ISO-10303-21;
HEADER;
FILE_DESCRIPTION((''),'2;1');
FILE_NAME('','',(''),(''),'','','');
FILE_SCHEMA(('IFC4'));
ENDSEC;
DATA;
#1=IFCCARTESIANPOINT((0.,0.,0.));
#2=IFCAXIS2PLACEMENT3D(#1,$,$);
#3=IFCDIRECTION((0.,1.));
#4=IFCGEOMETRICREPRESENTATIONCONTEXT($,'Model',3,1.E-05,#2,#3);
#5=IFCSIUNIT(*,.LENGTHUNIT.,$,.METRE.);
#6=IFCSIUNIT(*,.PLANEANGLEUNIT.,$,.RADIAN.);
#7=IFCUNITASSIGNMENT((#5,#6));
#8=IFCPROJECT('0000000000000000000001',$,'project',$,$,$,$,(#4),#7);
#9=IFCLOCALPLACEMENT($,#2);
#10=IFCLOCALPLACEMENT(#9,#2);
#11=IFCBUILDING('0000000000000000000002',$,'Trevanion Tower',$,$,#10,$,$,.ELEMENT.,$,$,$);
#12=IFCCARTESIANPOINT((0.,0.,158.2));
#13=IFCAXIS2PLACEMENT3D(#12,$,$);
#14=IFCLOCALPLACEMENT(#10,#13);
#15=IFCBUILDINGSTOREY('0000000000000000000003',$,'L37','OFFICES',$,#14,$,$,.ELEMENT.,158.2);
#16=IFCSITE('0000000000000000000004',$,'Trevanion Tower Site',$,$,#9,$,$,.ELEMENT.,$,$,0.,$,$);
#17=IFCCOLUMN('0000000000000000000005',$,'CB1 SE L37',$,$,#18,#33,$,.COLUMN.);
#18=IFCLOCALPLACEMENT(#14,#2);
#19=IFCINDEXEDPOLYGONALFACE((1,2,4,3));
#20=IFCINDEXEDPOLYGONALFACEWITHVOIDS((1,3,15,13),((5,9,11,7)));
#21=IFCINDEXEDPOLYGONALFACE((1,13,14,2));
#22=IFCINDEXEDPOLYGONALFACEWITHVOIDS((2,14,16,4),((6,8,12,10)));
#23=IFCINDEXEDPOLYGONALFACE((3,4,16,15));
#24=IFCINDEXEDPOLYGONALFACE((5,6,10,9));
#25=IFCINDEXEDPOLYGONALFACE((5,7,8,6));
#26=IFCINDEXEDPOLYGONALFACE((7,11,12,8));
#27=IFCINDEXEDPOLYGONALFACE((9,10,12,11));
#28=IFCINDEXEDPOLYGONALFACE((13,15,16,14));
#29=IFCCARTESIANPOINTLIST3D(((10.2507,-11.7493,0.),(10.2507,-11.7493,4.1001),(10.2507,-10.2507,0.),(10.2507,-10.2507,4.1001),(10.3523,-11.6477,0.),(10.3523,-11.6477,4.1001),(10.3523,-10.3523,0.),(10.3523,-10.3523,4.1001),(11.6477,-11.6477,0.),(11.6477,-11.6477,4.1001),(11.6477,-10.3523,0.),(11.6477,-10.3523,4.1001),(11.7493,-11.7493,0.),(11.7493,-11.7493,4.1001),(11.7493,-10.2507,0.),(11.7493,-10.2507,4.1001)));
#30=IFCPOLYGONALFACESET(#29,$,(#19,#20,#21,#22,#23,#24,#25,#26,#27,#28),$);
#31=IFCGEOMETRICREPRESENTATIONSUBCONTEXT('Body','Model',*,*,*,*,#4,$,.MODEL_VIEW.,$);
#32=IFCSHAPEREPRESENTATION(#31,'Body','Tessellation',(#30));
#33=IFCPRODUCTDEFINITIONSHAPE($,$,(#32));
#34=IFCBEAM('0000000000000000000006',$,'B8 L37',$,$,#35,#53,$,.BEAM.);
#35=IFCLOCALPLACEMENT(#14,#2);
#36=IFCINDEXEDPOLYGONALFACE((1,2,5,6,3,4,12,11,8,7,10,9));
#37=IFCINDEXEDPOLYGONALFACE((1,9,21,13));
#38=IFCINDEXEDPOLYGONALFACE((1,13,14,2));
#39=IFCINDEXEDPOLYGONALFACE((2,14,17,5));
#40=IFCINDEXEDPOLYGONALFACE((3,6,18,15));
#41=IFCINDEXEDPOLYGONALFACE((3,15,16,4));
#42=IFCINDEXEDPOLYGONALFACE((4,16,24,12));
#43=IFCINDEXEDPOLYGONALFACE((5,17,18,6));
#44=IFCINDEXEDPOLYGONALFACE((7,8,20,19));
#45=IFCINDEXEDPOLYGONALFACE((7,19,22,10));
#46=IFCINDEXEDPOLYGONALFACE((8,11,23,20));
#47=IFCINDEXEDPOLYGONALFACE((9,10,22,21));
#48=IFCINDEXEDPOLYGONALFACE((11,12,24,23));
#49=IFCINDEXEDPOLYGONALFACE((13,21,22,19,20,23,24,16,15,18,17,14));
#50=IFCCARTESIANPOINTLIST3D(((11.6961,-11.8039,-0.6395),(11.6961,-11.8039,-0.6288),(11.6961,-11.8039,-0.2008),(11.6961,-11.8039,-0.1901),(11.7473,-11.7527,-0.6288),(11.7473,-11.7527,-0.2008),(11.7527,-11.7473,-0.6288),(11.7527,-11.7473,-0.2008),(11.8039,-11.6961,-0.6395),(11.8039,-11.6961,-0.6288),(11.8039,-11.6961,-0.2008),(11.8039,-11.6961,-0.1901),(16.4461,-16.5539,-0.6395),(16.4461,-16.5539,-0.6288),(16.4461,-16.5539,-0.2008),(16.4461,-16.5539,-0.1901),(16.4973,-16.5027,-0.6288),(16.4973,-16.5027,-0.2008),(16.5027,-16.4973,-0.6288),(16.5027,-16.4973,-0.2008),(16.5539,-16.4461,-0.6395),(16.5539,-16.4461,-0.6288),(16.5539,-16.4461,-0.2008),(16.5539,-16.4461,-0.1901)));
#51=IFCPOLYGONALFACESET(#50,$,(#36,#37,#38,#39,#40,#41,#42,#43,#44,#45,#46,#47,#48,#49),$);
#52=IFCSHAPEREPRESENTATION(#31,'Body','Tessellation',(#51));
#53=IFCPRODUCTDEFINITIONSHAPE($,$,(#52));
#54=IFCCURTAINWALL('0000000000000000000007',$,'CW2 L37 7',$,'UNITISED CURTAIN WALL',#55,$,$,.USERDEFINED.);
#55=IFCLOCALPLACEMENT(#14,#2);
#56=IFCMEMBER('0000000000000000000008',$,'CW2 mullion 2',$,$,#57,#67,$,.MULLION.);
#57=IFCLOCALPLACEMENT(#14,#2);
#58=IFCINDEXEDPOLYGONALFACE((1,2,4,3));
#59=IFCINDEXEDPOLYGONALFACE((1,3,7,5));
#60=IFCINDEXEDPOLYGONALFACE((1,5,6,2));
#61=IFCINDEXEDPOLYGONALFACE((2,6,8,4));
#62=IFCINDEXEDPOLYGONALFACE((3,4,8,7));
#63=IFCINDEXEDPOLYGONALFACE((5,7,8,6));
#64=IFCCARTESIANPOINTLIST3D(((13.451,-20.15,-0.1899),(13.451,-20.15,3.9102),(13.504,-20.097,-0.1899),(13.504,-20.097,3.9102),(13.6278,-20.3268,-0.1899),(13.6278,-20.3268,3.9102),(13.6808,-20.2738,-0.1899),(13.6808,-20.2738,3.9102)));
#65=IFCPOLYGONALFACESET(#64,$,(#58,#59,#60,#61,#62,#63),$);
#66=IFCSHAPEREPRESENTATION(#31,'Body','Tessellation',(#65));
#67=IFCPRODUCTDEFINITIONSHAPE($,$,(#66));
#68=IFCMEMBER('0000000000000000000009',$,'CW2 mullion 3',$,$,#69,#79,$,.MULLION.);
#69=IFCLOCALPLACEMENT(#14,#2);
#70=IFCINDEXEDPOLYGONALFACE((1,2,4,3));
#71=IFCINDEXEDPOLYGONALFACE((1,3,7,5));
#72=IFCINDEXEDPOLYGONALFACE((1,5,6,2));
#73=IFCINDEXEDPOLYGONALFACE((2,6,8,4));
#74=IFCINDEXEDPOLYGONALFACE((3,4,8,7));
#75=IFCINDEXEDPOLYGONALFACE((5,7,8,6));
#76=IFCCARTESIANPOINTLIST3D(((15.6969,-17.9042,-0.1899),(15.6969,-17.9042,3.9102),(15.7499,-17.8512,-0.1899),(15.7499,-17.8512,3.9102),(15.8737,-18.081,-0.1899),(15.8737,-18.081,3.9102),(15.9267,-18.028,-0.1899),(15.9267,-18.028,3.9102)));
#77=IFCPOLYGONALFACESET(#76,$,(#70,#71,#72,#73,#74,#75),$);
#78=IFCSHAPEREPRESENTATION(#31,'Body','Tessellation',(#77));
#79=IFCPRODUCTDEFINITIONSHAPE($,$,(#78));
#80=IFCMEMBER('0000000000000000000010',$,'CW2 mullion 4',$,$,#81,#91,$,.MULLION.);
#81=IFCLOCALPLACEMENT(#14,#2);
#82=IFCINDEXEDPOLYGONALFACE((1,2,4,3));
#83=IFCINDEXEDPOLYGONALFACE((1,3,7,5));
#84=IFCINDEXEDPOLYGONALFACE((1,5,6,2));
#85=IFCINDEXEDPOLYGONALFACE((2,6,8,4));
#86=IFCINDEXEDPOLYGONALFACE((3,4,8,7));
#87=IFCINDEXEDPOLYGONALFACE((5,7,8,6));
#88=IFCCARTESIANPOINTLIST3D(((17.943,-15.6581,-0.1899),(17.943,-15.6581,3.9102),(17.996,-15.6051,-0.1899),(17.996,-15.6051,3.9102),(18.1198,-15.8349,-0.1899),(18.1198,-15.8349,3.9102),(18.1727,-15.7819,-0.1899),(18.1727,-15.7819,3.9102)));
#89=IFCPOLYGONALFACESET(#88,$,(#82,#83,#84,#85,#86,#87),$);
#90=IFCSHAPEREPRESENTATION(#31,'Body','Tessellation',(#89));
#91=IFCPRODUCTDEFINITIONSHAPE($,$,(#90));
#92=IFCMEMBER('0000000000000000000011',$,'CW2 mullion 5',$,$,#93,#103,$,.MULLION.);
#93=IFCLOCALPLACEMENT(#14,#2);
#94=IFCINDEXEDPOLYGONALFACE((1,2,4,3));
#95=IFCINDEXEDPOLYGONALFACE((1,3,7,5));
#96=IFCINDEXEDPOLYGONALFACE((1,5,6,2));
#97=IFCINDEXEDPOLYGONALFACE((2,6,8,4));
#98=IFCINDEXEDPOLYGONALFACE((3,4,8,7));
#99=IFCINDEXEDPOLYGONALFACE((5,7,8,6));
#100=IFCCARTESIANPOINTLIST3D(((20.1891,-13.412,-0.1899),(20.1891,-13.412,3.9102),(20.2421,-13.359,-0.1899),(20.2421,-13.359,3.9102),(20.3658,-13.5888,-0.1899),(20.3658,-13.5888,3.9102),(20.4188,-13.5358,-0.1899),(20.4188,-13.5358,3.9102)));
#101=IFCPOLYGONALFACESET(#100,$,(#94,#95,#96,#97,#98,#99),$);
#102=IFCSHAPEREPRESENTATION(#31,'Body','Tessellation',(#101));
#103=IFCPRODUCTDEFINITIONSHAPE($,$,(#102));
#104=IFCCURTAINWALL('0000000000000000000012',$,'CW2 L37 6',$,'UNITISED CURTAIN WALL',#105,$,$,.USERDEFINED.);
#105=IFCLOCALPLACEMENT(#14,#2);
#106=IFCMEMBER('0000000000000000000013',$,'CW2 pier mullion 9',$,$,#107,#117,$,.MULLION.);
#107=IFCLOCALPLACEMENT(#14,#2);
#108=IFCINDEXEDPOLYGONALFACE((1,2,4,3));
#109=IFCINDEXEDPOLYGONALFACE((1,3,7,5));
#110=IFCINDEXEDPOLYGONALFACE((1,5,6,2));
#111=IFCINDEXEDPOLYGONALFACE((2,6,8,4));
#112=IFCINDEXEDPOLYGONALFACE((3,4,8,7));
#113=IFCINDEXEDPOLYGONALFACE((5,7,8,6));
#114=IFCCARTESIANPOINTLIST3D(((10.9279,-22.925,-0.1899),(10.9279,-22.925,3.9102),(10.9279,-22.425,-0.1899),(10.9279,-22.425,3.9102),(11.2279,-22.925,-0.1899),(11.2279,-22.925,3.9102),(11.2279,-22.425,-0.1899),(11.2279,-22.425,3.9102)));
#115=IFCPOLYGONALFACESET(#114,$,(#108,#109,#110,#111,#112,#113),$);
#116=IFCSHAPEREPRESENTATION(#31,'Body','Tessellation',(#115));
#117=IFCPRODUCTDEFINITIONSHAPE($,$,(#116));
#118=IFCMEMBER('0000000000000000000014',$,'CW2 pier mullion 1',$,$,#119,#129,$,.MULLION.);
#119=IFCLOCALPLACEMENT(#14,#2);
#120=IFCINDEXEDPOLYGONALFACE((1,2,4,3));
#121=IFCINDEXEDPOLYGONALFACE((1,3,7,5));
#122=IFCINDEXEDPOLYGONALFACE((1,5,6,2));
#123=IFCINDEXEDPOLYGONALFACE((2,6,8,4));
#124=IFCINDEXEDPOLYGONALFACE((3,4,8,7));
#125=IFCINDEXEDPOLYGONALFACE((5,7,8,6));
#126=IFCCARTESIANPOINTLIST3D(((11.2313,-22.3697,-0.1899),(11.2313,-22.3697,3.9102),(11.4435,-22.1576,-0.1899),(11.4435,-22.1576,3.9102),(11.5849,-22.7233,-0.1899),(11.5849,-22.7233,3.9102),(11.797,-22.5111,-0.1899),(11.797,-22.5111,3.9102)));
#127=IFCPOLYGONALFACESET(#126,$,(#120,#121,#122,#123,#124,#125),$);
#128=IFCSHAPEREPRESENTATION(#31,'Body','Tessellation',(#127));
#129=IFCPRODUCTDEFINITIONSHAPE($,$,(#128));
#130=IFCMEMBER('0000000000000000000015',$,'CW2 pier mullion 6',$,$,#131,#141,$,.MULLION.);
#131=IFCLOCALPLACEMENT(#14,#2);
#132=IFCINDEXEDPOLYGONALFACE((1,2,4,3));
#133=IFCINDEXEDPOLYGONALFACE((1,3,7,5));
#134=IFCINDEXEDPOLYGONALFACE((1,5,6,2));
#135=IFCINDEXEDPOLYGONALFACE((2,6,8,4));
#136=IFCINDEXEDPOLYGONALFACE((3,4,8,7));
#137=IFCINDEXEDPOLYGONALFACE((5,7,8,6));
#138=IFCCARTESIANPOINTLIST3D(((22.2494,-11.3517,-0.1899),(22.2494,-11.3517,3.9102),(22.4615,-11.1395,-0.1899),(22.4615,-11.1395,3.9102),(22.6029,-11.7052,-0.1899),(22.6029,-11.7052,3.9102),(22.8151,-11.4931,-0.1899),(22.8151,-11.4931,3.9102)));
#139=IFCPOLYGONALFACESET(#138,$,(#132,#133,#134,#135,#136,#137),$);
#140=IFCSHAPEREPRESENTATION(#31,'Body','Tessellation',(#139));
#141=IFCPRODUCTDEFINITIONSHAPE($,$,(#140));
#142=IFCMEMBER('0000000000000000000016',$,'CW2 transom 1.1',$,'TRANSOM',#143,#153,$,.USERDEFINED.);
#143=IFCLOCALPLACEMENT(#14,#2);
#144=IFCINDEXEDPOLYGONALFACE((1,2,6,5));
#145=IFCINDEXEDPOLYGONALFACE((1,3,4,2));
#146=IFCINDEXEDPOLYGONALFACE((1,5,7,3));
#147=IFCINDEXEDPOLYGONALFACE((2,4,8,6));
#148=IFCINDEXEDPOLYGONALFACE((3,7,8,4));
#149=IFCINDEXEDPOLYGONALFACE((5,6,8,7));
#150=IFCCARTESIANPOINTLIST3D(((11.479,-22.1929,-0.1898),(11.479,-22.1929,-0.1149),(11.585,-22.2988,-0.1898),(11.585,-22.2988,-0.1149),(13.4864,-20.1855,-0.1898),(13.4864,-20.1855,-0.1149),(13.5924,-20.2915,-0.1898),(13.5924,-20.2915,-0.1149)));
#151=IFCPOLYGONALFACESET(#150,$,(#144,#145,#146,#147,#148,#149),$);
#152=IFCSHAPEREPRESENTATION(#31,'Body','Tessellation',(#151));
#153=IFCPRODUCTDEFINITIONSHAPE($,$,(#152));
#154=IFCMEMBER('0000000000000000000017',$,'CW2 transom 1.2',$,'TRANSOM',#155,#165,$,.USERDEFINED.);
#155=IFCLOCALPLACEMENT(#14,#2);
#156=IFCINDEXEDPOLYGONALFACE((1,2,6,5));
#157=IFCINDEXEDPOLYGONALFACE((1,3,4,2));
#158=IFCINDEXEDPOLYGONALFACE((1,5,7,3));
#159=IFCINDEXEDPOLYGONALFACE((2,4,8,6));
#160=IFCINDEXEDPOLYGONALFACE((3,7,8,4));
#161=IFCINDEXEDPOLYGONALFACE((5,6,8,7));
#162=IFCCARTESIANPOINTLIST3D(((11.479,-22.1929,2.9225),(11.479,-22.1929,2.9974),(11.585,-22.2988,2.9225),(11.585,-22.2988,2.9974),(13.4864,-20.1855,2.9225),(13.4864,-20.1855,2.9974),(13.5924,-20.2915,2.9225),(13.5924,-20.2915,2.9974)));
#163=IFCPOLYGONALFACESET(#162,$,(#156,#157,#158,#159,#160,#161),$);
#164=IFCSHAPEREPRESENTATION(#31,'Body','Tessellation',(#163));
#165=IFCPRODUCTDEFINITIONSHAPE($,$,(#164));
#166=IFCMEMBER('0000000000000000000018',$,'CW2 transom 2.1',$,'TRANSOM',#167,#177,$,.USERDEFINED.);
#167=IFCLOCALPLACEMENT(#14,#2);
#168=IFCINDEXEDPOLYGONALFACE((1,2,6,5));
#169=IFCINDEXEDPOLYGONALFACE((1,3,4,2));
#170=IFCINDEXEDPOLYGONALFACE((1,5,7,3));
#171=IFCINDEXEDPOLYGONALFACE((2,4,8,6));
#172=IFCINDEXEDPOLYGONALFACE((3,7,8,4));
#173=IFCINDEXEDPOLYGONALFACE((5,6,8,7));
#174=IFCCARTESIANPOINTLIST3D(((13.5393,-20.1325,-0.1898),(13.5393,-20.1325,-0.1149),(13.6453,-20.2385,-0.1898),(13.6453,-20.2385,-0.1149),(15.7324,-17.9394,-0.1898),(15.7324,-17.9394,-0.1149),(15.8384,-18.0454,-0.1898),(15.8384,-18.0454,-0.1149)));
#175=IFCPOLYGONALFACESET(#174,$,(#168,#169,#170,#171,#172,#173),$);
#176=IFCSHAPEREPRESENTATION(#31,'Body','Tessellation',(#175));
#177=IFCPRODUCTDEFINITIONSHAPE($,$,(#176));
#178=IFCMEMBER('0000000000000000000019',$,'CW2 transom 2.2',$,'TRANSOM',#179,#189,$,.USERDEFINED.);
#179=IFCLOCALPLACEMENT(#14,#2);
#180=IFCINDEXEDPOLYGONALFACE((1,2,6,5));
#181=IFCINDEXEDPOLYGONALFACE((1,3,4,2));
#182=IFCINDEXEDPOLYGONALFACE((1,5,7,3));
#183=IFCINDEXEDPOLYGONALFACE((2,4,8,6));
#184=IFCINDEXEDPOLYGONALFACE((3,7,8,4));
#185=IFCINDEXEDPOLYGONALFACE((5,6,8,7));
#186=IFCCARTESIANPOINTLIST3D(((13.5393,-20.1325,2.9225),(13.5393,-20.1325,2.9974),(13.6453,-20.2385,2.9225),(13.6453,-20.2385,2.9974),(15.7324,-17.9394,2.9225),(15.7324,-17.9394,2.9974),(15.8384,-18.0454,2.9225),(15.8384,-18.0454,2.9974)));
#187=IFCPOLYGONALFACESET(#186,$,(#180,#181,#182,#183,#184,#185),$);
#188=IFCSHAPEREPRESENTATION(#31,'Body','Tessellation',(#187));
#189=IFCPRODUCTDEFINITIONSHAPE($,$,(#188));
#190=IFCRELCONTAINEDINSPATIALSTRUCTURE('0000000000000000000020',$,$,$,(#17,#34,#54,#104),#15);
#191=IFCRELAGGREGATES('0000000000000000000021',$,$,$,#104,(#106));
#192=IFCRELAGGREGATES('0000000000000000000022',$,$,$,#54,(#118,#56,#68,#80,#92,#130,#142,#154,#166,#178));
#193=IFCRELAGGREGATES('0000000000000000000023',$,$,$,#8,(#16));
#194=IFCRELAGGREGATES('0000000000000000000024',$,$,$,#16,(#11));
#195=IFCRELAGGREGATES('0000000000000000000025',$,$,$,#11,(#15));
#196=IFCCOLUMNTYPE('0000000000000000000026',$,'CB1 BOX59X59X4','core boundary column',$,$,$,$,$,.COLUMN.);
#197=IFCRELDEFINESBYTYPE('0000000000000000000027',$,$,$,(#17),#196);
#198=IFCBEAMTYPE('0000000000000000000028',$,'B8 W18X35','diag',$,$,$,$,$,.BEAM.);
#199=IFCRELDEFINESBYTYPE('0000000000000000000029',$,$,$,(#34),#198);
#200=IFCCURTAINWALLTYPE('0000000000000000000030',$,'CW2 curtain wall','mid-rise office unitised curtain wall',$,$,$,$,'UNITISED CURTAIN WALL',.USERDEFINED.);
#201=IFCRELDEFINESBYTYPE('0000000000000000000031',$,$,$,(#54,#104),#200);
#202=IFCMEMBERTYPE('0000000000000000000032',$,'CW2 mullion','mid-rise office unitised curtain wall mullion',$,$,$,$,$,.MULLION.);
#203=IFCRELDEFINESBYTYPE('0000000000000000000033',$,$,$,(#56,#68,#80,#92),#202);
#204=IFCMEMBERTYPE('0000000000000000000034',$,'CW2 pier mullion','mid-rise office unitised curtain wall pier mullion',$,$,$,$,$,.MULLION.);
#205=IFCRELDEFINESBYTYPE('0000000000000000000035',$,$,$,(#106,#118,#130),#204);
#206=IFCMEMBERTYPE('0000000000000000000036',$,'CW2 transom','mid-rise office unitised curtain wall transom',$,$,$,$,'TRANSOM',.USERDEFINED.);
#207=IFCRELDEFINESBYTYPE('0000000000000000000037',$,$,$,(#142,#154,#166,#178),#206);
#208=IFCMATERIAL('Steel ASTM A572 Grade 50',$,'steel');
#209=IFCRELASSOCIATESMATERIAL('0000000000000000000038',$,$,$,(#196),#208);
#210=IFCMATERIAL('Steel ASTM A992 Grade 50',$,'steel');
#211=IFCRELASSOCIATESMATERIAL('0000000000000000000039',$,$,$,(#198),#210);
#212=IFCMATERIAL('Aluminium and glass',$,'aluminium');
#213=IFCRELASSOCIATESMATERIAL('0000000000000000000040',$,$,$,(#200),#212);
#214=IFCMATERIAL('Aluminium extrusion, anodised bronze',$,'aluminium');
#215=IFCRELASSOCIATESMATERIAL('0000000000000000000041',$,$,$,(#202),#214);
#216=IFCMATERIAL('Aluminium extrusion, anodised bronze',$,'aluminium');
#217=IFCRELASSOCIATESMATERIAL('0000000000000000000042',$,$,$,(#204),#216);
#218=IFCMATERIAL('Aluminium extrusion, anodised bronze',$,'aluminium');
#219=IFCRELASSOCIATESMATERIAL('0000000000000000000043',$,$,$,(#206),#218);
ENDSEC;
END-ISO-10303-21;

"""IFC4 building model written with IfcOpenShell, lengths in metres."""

from ifc_helpers import new_model, si_unit, direction, frame, origin, origin_2d, place, context, subcontext, project, spatial, rectangle, hollow_rectangle, i_section, extrude, material, material_profile, profile_set, type_object, element, aggregate, save


model = new_model("IFC4")

# Units and contexts
model_context = context("Model", 3, precision=1e-05, world=origin(), true_north=direction((0.0, 1.0)))
body_context = subcontext(model_context, "Body", "Model", "MODEL_VIEW")
ifc_project = project(units=[si_unit("LENGTHUNIT", "METRE"), si_unit("PLANEANGLEUNIT", "RADIAN")], contexts=[model_context])

# Site, building, storey
site_placement = place(None, origin())
site = spatial("IfcSite", under=ifc_project, at=site_placement, Name="Trevanion Tower Site", CompositionType="ELEMENT", RefElevation=0.0)
building_placement = place(site_placement, origin())
building = spatial("IfcBuilding", under=site, at=building_placement, Name="Trevanion Tower", CompositionType="ELEMENT")
storey_placement = place(building_placement, frame((0.0, 0.0, 158.2)))
storey = spatial("IfcBuildingStorey", under=building, at=storey_placement, Name="L37", Description="OFFICES", CompositionType="ELEMENT", Elevation=158.2)

# Column
ifc_material_1 = material(Name="Steel ASTM A572 Grade 50", Category="steel")
ifc_material_profile_1 = material_profile(ifc_material_1, hollow_rectangle(XDim=1.4985, YDim=1.4985, WallThickness=0.1016, at=origin_2d()), Name="BOX59X59X4")
ifc_profile_set_1 = profile_set([ifc_material_profile_1], Name="Steel ASTM A572 Grade 50")
column_type = type_object("IfcColumnType", Name="CB1 BOX59X59X4", Description="core boundary column", PredefinedType="COLUMN", material=ifc_profile_set_1)
column_placement = place(storey_placement, frame((11.0, -11.0, 0.0), z_axis=(0.0, 0.0, 1.0), x_axis=(1.0, 0.0, 0.0)))
element("IfcColumn", 1, at=column_placement, inside=storey, type_object=column_type, Name="CB1 SE L37", PredefinedType="COLUMN", context=body_context, shape_type="SweptSolid", body=[
    extrude(hollow_rectangle(XDim=1.4985, YDim=1.4985, WallThickness=0.1016, at=origin_2d()), origin(), (0.0, 0.0, 1.0), 4.1001),
])

# Beam
ifc_material_2 = material(Name="Steel ASTM A992 Grade 50", Category="steel")
ifc_material_profile_2 = material_profile(ifc_material_2, i_section(OverallWidth=0.1523, OverallDepth=0.4495, WebThickness=0.0076, FlangeThickness=0.0107, at=origin_2d()), Name="W18X35")
ifc_profile_set_2 = profile_set([ifc_material_profile_2], Name="Steel ASTM A992 Grade 50")
beam_type = type_object("IfcBeamType", Name="B8 W18X35", Description="diag", PredefinedType="BEAM", material=ifc_profile_set_2)
beam_placement = place(storey_placement, frame((11.75, -11.75, -0.4148), z_axis=(0.707107, -0.707107, 0.0), x_axis=(0.707107, 0.707107, 0.0)))
element("IfcBeam", 2, at=beam_placement, inside=storey, type_object=beam_type, Name="B8 L37", PredefinedType="BEAM", context=body_context, shape_type="SweptSolid", body=[
    extrude(i_section(OverallWidth=0.1523, OverallDepth=0.4495, WebThickness=0.0076, FlangeThickness=0.0107, at=origin_2d()), origin(), (0.0, 0.0, 1.0), 6.7175),
])

# Curtain wall, members
ifc_material_3 = material(Name="Aluminium and glass", Category="aluminium")
curtain_wall_type = type_object("IfcCurtainWallType", Name="CW2 curtain wall", Description="mid-rise office unitised curtain wall", ElementType="UNITISED CURTAIN WALL", PredefinedType="USERDEFINED", material=ifc_material_3)
curtain_wall_1_placement = place(storey_placement, origin())
curtain_wall_1 = element("IfcCurtainWall", 3, at=curtain_wall_1_placement, inside=storey, type_object=curtain_wall_type, Name="CW2 L37 7", ObjectType="UNITISED CURTAIN WALL", PredefinedType="USERDEFINED")
ifc_material_4 = material(Name="Aluminium extrusion, anodised bronze", Category="aluminium")
ifc_material_profile_3 = material_profile(ifc_material_4, rectangle(XDim=0.075, YDim=0.25, at=origin_2d()), Name="CW2 mullion")
ifc_profile_set_3 = profile_set([ifc_material_profile_3], Name="Aluminium extrusion, anodised bronze")
member_type_1 = type_object("IfcMemberType", Name="CW2 mullion", Description="mid-rise office unitised curtain wall mullion", PredefinedType="MULLION", material=ifc_profile_set_3)
member_1_placement = place(storey_placement, frame((13.5659, -20.2119, -0.1899), z_axis=(0.0, 0.0, 1.0), x_axis=(0.707107, 0.707107, 0.0)))
member_1 = element("IfcMember", 4, at=member_1_placement, type_object=member_type_1, Name="CW2 mullion 2", PredefinedType="MULLION", context=body_context, shape_type="SweptSolid", body=[
    extrude(rectangle(XDim=0.075, YDim=0.25, at=origin_2d()), origin(), (0.0, 0.0, 1.0), 4.1001),
])
member_2_placement = place(storey_placement, frame((15.8118, -17.9661, -0.1899), z_axis=(0.0, 0.0, 1.0), x_axis=(0.707107, 0.707107, 0.0)))
member_2 = element("IfcMember", 5, at=member_2_placement, type_object=member_type_1, Name="CW2 mullion 3", PredefinedType="MULLION", context=body_context, shape_type="SweptSolid", body=[
    extrude(rectangle(XDim=0.075, YDim=0.25, at=origin_2d()), origin(), (0.0, 0.0, 1.0), 4.1001),
])
member_3_placement = place(storey_placement, frame((18.0579, -15.72, -0.1899), z_axis=(0.0, 0.0, 1.0), x_axis=(0.707107, 0.707107, 0.0)))
member_3 = element("IfcMember", 6, at=member_3_placement, type_object=member_type_1, Name="CW2 mullion 4", PredefinedType="MULLION", context=body_context, shape_type="SweptSolid", body=[
    extrude(rectangle(XDim=0.075, YDim=0.25, at=origin_2d()), origin(), (0.0, 0.0, 1.0), 4.1001),
])
member_4_placement = place(storey_placement, frame((20.304, -13.4739, -0.1899), z_axis=(0.0, 0.0, 1.0), x_axis=(0.707107, 0.707107, 0.0)))
member_4 = element("IfcMember", 7, at=member_4_placement, type_object=member_type_1, Name="CW2 mullion 5", PredefinedType="MULLION", context=body_context, shape_type="SweptSolid", body=[
    extrude(rectangle(XDim=0.075, YDim=0.25, at=origin_2d()), origin(), (0.0, 0.0, 1.0), 4.1001),
])

# Curtain wall, member
curtain_wall_2_placement = place(storey_placement, origin())
curtain_wall_2 = element("IfcCurtainWall", 8, at=curtain_wall_2_placement, inside=storey, type_object=curtain_wall_type, Name="CW2 L37 6", ObjectType="UNITISED CURTAIN WALL", PredefinedType="USERDEFINED")
ifc_material_5 = material(Name="Aluminium extrusion, anodised bronze", Category="aluminium")
ifc_material_profile_4 = material_profile(ifc_material_5, rectangle(XDim=0.3, YDim=0.5, at=origin_2d()), Name="CW2 pier mullion")
ifc_profile_set_4 = profile_set([ifc_material_profile_4], Name="Aluminium extrusion, anodised bronze")
member_type_2 = type_object("IfcMemberType", Name="CW2 pier mullion", Description="mid-rise office unitised curtain wall pier mullion", PredefinedType="MULLION", material=ifc_profile_set_4)
member_5_placement = place(storey_placement, frame((11.0779, -22.675, -0.1899), z_axis=(0.0, 0.0, 1.0), x_axis=(1.0, 0.0, 0.0)))
member_5 = element("IfcMember", 9, at=member_5_placement, type_object=member_type_2, Name="CW2 pier mullion 9", PredefinedType="MULLION", context=body_context, shape_type="SweptSolid", body=[
    extrude(rectangle(XDim=0.3, YDim=0.5, at=origin_2d()), origin(), (0.0, 0.0, 1.0), 4.1001),
])
aggregate(curtain_wall_2, [member_5])

# Members
member_6_placement = place(storey_placement, frame((11.5142, -22.4404, -0.1899), z_axis=(0.0, 0.0, 1.0), x_axis=(0.707107, 0.707107, 0.0)))
member_6 = element("IfcMember", 10, at=member_6_placement, type_object=member_type_2, Name="CW2 pier mullion 1", PredefinedType="MULLION", context=body_context, shape_type="SweptSolid", body=[
    extrude(rectangle(XDim=0.3, YDim=0.5, at=origin_2d()), origin(), (0.0, 0.0, 1.0), 4.1001),
])
member_7_placement = place(storey_placement, frame((22.5322, -11.4224, -0.1899), z_axis=(0.0, 0.0, 1.0), x_axis=(0.707107, 0.707107, 0.0)))
member_7 = element("IfcMember", 11, at=member_7_placement, type_object=member_type_2, Name="CW2 pier mullion 6", PredefinedType="MULLION", context=body_context, shape_type="SweptSolid", body=[
    extrude(rectangle(XDim=0.3, YDim=0.5, at=origin_2d()), origin(), (0.0, 0.0, 1.0), 4.1001),
])
ifc_material_6 = material(Name="Aluminium extrusion, anodised bronze", Category="aluminium")
ifc_material_profile_5 = material_profile(ifc_material_6, rectangle(XDim=0.1499, YDim=0.075, at=origin_2d()), Name="CW2 transom")
ifc_profile_set_5 = profile_set([ifc_material_profile_5], Name="Aluminium extrusion, anodised bronze")
member_type_3 = type_object("IfcMemberType", Name="CW2 transom", Description="mid-rise office unitised curtain wall transom", ElementType="TRANSOM", PredefinedType="USERDEFINED", material=ifc_profile_set_5)
member_8_placement = place(storey_placement, frame((11.532, -22.2458, -0.1523), z_axis=(0.707107, 0.707107, 0.0), x_axis=(-0.707107, 0.707107, 0.0)))
member_8 = element("IfcMember", 12, at=member_8_placement, type_object=member_type_3, Name="CW2 transom 1.1", ObjectType="TRANSOM", PredefinedType="USERDEFINED", context=body_context, shape_type="SweptSolid", body=[
    extrude(rectangle(XDim=0.1499, YDim=0.075, at=origin_2d()), origin(), (0.0, 0.0, 1.0), 2.8389),
])
member_9_placement = place(storey_placement, frame((11.532, -22.2458, 2.96), z_axis=(0.707107, 0.707107, 0.0), x_axis=(-0.707107, 0.707107, 0.0)))
member_9 = element("IfcMember", 13, at=member_9_placement, type_object=member_type_3, Name="CW2 transom 1.2", ObjectType="TRANSOM", PredefinedType="USERDEFINED", context=body_context, shape_type="SweptSolid", body=[
    extrude(rectangle(XDim=0.1499, YDim=0.075, at=origin_2d()), origin(), (0.0, 0.0, 1.0), 2.8389),
])
member_10_placement = place(storey_placement, frame((13.5923, -20.1855, -0.1523), z_axis=(0.707107, 0.707107, 0.0), x_axis=(-0.707107, 0.707107, 0.0)))
member_10 = element("IfcMember", 14, at=member_10_placement, type_object=member_type_3, Name="CW2 transom 2.1", ObjectType="TRANSOM", PredefinedType="USERDEFINED", context=body_context, shape_type="SweptSolid", body=[
    extrude(rectangle(XDim=0.1499, YDim=0.075, at=origin_2d()), origin(), (0.0, 0.0, 1.0), 3.1016),
])
member_11_placement = place(storey_placement, frame((13.5923, -20.1855, 2.96), z_axis=(0.707107, 0.707107, 0.0), x_axis=(-0.707107, 0.707107, 0.0)))
member_11 = element("IfcMember", 15, at=member_11_placement, type_object=member_type_3, Name="CW2 transom 2.2", ObjectType="TRANSOM", PredefinedType="USERDEFINED", context=body_context, shape_type="SweptSolid", body=[
    extrude(rectangle(XDim=0.1499, YDim=0.075, at=origin_2d()), origin(), (0.0, 0.0, 1.0), 3.1016),
])

aggregate(curtain_wall_1, [member_6, member_1, member_2, member_3, member_4, member_7, member_8, member_9, member_10, member_11])

save(model, "model.ifc")
